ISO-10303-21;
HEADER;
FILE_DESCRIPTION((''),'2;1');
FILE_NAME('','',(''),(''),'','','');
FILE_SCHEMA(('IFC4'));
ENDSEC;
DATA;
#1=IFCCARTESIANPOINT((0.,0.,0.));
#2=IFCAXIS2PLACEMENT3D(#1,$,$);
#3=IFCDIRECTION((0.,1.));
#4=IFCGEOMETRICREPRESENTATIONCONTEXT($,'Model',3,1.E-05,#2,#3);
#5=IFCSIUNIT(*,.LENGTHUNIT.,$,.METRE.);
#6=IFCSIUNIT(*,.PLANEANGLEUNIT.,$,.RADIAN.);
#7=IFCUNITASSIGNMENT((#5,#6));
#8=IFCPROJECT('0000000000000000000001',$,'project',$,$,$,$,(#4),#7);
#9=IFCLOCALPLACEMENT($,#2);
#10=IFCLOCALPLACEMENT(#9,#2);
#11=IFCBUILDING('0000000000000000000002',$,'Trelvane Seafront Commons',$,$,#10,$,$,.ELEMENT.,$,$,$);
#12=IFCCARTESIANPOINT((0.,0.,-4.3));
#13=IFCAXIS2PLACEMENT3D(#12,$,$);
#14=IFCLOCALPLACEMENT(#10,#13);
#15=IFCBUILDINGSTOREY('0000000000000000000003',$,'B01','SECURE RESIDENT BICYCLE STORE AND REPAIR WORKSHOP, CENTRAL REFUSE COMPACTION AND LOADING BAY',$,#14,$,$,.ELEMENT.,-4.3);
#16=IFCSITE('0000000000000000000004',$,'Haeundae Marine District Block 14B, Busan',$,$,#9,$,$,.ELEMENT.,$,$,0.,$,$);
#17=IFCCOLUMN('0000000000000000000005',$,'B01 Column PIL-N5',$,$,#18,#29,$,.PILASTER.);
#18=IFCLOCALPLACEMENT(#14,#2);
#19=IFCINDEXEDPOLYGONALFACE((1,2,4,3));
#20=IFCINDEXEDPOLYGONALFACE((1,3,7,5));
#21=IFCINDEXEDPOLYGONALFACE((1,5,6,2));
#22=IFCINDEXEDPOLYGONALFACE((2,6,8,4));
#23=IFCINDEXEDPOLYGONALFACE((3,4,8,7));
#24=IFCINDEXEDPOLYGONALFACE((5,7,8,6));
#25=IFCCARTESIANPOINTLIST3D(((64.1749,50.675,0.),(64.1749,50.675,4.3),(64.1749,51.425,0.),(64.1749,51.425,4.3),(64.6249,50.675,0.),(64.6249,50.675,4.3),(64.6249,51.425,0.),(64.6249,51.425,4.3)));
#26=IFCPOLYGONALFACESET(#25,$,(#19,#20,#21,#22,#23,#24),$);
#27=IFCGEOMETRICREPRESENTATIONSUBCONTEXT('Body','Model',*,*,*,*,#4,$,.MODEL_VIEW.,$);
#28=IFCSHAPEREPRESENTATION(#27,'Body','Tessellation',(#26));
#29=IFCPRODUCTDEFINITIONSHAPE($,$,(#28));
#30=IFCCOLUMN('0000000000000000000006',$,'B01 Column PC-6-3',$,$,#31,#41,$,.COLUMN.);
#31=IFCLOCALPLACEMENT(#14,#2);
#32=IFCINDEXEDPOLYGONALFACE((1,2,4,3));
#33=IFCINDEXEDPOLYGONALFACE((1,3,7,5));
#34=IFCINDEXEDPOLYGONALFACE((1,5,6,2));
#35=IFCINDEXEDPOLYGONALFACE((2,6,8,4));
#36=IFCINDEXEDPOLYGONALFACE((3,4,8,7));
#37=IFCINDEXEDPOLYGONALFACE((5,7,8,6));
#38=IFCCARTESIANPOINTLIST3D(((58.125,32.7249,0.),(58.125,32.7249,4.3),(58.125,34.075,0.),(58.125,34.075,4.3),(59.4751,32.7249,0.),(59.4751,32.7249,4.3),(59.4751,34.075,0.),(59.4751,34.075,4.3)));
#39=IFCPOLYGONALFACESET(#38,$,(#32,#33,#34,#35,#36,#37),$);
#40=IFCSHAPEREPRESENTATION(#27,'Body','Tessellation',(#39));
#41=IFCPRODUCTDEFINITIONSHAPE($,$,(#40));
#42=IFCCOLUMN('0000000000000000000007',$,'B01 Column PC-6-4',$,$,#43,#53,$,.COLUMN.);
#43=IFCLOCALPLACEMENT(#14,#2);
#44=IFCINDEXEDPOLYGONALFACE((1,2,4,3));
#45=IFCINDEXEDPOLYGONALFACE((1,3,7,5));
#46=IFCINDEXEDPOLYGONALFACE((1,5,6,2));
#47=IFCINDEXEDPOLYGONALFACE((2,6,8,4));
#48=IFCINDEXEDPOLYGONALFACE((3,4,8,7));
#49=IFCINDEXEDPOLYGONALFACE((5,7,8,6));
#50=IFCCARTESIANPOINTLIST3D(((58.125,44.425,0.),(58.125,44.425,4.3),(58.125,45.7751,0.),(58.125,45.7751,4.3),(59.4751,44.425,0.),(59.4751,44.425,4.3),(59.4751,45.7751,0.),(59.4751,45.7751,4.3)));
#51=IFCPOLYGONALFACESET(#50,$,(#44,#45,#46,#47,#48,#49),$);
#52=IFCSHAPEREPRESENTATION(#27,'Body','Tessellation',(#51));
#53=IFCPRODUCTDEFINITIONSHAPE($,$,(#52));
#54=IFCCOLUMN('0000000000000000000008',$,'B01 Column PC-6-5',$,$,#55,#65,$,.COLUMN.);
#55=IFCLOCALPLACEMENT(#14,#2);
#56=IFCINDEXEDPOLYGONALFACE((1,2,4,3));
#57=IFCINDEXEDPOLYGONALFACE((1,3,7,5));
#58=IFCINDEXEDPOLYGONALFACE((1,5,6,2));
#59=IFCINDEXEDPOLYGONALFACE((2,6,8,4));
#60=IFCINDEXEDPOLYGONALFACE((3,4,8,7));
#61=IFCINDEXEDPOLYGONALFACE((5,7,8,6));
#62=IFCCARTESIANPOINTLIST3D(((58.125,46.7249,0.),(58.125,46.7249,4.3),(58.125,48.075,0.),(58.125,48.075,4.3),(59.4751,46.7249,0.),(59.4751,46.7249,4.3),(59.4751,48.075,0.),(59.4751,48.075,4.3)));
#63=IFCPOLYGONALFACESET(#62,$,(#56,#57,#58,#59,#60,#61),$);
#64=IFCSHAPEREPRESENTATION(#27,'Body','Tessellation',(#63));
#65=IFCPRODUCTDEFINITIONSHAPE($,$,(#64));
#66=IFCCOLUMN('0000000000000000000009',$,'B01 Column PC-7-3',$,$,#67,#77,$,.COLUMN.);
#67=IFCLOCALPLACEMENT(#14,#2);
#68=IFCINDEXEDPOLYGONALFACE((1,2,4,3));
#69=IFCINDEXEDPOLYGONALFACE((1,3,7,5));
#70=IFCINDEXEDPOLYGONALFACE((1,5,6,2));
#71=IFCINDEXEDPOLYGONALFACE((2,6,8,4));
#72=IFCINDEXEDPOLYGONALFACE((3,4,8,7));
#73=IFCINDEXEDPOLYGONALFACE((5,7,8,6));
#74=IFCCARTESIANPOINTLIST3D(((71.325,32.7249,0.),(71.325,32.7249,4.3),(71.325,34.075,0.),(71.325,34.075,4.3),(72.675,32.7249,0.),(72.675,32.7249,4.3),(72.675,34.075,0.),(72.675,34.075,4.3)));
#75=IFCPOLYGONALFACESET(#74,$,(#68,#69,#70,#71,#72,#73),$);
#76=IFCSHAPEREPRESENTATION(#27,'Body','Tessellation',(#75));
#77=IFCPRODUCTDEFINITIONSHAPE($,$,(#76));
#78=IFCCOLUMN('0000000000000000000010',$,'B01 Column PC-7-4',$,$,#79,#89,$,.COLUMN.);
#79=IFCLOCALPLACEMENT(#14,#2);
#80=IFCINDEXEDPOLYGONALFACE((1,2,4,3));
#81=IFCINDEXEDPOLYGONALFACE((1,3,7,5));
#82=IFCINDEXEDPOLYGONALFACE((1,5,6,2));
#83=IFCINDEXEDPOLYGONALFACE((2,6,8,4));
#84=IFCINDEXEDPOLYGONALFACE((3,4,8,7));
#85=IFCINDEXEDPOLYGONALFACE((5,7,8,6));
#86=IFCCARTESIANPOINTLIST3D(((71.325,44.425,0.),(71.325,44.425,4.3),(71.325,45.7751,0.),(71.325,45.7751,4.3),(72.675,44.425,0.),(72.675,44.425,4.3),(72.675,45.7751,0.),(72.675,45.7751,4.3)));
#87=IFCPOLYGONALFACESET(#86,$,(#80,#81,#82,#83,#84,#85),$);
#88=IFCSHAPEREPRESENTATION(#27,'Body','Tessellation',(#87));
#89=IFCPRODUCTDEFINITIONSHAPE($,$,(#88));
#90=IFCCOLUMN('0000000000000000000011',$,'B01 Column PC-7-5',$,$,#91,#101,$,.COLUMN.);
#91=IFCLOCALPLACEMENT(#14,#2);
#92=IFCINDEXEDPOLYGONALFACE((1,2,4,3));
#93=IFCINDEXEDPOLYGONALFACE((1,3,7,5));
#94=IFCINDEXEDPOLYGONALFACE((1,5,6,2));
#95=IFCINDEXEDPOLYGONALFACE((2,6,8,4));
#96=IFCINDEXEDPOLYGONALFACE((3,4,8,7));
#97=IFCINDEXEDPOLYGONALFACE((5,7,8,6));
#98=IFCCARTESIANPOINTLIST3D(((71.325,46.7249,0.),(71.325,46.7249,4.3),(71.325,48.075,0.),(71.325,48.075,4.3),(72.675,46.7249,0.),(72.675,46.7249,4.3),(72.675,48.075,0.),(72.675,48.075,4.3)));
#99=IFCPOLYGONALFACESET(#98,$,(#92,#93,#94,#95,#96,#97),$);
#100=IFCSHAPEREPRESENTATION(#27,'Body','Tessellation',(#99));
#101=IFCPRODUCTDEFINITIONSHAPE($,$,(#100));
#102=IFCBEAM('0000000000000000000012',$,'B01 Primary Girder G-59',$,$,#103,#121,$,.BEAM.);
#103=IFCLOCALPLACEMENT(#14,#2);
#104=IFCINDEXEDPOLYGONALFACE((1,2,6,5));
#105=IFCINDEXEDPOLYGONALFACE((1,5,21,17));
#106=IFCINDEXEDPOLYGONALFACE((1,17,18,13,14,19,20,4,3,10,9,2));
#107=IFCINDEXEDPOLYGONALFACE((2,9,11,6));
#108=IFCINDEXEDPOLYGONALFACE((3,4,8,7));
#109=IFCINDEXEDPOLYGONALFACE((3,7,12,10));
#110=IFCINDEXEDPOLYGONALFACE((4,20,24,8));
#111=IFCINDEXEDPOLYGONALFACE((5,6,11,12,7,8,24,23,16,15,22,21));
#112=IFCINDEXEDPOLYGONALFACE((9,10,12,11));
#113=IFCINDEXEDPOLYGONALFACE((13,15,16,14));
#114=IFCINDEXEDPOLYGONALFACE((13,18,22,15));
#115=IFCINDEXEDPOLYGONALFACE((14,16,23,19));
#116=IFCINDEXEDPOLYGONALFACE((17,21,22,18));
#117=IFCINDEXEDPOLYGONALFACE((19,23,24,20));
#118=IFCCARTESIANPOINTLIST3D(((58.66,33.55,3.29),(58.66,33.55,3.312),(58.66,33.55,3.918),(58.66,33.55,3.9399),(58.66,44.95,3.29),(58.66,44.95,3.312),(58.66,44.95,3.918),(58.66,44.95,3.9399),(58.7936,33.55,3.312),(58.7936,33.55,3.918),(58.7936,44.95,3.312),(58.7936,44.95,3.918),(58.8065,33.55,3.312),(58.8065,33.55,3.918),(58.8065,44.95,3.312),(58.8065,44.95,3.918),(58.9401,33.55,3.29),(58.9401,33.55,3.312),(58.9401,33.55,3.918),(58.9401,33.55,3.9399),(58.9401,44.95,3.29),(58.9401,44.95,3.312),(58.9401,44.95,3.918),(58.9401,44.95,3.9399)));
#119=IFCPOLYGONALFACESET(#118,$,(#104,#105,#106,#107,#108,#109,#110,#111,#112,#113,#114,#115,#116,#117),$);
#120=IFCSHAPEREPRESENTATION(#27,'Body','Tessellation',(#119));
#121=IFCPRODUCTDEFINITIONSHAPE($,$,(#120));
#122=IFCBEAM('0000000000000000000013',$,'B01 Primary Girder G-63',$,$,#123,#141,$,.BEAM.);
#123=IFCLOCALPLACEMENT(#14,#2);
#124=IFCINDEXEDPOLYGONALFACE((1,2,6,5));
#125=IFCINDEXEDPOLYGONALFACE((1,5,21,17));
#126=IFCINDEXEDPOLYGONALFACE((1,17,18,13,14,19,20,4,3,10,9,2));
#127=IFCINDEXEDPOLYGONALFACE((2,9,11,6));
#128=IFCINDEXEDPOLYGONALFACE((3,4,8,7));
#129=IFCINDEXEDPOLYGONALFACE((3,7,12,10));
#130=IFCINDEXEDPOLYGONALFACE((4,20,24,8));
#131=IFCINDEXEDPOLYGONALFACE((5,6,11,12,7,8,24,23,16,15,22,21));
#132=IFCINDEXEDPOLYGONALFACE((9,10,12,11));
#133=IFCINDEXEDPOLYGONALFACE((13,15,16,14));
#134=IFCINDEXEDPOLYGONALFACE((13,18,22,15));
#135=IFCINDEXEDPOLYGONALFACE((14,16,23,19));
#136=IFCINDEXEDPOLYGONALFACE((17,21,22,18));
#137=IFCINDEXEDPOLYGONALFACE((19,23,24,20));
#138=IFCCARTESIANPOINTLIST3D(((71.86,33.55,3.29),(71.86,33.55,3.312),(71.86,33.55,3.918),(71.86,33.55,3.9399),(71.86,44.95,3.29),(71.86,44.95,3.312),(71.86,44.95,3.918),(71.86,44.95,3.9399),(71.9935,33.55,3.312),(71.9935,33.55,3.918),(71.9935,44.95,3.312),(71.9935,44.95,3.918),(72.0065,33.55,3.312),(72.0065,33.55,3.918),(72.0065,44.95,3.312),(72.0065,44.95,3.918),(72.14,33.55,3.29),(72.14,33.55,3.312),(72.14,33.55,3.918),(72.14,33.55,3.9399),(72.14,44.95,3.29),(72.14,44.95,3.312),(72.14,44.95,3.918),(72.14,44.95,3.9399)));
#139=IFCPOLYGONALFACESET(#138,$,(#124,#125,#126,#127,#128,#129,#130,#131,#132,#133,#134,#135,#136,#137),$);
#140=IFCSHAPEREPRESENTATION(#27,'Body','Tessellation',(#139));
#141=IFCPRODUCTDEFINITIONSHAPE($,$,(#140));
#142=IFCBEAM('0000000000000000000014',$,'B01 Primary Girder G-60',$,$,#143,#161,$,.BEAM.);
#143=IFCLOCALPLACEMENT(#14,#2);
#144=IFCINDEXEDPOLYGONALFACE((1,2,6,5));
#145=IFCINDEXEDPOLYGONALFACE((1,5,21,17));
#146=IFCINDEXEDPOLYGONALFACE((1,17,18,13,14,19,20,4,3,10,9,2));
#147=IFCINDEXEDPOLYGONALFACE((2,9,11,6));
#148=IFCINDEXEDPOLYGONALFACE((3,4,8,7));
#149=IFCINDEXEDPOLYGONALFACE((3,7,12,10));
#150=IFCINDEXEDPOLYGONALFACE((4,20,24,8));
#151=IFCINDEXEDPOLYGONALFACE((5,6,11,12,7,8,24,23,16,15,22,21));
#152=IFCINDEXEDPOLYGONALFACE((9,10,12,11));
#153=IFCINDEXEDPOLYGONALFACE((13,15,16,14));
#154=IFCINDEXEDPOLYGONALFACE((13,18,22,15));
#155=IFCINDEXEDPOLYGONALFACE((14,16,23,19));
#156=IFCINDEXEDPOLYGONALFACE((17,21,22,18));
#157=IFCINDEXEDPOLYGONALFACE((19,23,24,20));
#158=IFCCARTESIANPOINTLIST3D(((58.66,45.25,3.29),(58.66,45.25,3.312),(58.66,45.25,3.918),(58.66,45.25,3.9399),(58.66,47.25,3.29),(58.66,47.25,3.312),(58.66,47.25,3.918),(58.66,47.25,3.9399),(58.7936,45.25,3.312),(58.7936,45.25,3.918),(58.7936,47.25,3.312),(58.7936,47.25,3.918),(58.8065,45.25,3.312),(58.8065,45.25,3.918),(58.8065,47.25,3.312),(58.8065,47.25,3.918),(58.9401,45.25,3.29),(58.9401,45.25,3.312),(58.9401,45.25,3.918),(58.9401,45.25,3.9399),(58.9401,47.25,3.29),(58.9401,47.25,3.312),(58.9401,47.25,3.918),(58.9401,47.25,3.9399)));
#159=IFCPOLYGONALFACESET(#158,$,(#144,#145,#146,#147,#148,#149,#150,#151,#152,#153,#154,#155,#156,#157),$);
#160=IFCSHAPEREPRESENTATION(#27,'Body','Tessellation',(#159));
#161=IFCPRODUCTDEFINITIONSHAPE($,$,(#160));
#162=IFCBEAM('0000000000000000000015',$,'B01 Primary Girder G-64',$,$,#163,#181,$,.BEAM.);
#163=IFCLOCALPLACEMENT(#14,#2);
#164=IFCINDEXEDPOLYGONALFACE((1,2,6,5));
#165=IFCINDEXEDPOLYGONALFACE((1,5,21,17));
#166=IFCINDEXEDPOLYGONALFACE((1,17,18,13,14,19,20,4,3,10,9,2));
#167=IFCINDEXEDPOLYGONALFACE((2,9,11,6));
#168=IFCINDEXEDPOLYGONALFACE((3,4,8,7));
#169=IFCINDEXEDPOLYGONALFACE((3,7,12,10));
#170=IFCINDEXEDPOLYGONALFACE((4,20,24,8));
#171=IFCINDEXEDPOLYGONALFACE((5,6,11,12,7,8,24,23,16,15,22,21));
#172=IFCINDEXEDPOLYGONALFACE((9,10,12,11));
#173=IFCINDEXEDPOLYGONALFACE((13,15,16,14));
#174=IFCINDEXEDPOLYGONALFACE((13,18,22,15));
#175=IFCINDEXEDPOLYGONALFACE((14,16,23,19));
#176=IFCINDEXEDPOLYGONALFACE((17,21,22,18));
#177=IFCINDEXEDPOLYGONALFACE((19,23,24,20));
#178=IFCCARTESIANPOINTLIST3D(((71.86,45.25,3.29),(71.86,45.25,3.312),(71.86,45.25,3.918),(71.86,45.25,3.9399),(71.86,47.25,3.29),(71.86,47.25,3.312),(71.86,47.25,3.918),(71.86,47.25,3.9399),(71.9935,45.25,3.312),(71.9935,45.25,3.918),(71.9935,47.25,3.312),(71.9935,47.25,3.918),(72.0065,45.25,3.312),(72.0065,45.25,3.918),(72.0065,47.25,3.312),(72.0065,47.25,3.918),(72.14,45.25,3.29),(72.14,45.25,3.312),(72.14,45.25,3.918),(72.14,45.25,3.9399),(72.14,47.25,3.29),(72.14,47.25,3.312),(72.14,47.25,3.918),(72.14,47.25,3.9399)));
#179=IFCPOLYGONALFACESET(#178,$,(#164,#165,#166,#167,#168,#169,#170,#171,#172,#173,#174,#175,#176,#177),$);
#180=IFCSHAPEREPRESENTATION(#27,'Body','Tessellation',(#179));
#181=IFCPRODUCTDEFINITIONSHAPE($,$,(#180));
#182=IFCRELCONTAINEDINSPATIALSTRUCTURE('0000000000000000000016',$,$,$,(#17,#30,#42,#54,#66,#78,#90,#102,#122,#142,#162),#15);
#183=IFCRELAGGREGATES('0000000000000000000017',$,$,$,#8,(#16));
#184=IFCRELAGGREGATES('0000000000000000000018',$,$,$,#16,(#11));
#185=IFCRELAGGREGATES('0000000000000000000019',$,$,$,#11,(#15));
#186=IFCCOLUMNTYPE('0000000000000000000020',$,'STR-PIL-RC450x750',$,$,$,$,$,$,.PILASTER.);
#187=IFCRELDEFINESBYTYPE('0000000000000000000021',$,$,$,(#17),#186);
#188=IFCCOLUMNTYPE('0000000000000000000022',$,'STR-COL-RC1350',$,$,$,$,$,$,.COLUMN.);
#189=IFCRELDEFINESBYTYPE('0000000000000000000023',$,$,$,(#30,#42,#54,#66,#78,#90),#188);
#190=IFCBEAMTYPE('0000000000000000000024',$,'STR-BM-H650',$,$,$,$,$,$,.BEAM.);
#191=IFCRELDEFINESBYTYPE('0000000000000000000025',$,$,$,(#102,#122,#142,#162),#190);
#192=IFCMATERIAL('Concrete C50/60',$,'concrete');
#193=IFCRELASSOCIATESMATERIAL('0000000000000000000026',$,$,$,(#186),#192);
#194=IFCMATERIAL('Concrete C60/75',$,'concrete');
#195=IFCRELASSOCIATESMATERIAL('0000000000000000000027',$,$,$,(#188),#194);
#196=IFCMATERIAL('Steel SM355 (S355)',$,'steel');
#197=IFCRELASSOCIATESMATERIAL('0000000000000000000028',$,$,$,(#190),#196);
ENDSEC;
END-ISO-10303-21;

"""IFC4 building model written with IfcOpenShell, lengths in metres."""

from ifc_helpers import new_model, si_unit, direction, frame, origin, origin_2d, place, context, subcontext, project, spatial, rectangle, i_section, extrude, source, transform, mapped, material, material_profile, profile_set, type_object, element, save


model = new_model("IFC4")

# Units and contexts
model_context = context("Model", 3, precision=1e-05, world=origin(), true_north=direction((0.0, 1.0)))
body_context = subcontext(model_context, "Body", "Model", "MODEL_VIEW")
ifc_project = project(units=[si_unit("LENGTHUNIT", "METRE"), si_unit("PLANEANGLEUNIT", "RADIAN")], contexts=[model_context])

# Site, building, storey
site_placement = place(None, origin())
site = spatial("IfcSite", under=ifc_project, at=site_placement, Name="Haeundae Marine District Block 14B, Busan", CompositionType="ELEMENT", RefElevation=0.0)
building_placement = place(site_placement, origin())
building = spatial("IfcBuilding", under=site, at=building_placement, Name="Trelvane Seafront Commons", CompositionType="ELEMENT")
storey_placement = place(building_placement, frame((0.0, 0.0, -4.3)))
storey = spatial("IfcBuildingStorey", under=building, at=storey_placement, Name="B01", Description="SECURE RESIDENT BICYCLE STORE AND REPAIR WORKSHOP, CENTRAL REFUSE COMPACTION AND LOADING BAY", CompositionType="ELEMENT", Elevation=-4.3)

# Columns
ifc_material_1 = material(Name="Concrete C50/60", Category="concrete")
ifc_material_profile_1 = material_profile(ifc_material_1, rectangle(XDim=0.45, YDim=0.75, at=origin_2d()), Name="RC-450x750")
ifc_profile_set_1 = profile_set([ifc_material_profile_1], Name="Concrete C50/60")
column_type_1 = type_object("IfcColumnType", Name="STR-PIL-RC450x750", PredefinedType="PILASTER", material=ifc_profile_set_1)
shared_shape_1 = source(origin(), body_context, "Body", "SweptSolid", [
    extrude(rectangle(XDim=0.45, YDim=0.75, at=origin_2d()), origin(), (0.0, 0.0, 1.0), 4.3),
])
column_placement = place(storey_placement, frame((64.3999, 51.05, 0.0), z_axis=(0.0, 0.0, 1.0), x_axis=(1.0, 0.0, 0.0)))
element("IfcColumn", 1, at=column_placement, inside=storey, type_object=column_type_1, Name="B01 Column PIL-N5", PredefinedType="PILASTER", context=body_context, shape_type="MappedRepresentation", body=[
    mapped(shared_shape_1, transform((0.0, 0.0, 0.0), x_axis=(1.0, 0.0, 0.0), y_axis=(0.0, 1.0, 0.0), z_axis=(0.0, 0.0, 1.0), scale=1.0)),
])
ifc_material_2 = material(Name="Concrete C60/75", Category="concrete")
ifc_material_profile_2 = material_profile(ifc_material_2, rectangle(XDim=1.3501, YDim=1.3501, at=origin_2d()), Name="RC-1350x1350")
ifc_profile_set_2 = profile_set([ifc_material_profile_2], Name="Concrete C60/75")
column_type_2 = type_object("IfcColumnType", Name="STR-COL-RC1350", PredefinedType="COLUMN", material=ifc_profile_set_2)
shared_shape_2 = source(origin(), body_context, "Body", "SweptSolid", [
    extrude(rectangle(XDim=1.3501, YDim=1.3501, at=origin_2d()), origin(), (0.0, 0.0, 1.0), 4.3),
])
for number, where, z_axis, x_axis, name in (
    (2, (58.8, 33.3999, 0.0), (0.0, 0.0, 1.0), (1.0, 0.0, 0.0), "B01 Column PC-6-3"),
    (3, (58.8, 45.1001, 0.0), (0.0, 0.0, 1.0), (1.0, 0.0, 0.0), "B01 Column PC-6-4"),
    (4, (58.8, 47.3999, 0.0), (0.0, 0.0, 1.0), (1.0, 0.0, 0.0), "B01 Column PC-6-5"),
    (5, (72.0, 33.3999, 0.0), (0.0, 0.0, 1.0), (1.0, 0.0, 0.0), "B01 Column PC-7-3"),
    (6, (72.0, 45.1001, 0.0), (0.0, 0.0, 1.0), (1.0, 0.0, 0.0), "B01 Column PC-7-4"),
    (7, (72.0, 47.3999, 0.0), (0.0, 0.0, 1.0), (1.0, 0.0, 0.0), "B01 Column PC-7-5"),
):
    element("IfcColumn", number, at=place(storey_placement, frame(where, z_axis=z_axis, x_axis=x_axis)), inside=storey, type_object=column_type_2, Name=name, PredefinedType="COLUMN", context=body_context, shape_type="MappedRepresentation", body=[
        mapped(shared_shape_2, transform((0.0, 0.0, 0.0), x_axis=(1.0, 0.0, 0.0), y_axis=(0.0, 1.0, 0.0), z_axis=(0.0, 0.0, 1.0), scale=1.0)),
    ])

# Beams
ifc_material_3 = material(Name="Steel SM355 (S355)", Category="steel")
ifc_material_profile_3 = material_profile(ifc_material_3, i_section(OverallWidth=0.28, OverallDepth=0.6499, WebThickness=0.0129, FlangeThickness=0.022, at=origin_2d()), Name="H-650x280x13x22")
ifc_profile_set_3 = profile_set([ifc_material_profile_3], Name="Steel SM355 (S355)")
beam_type_1 = type_object("IfcBeamType", Name="STR-BM-H650", PredefinedType="BEAM", material=ifc_profile_set_3)
shared_shape_3 = source(origin(), body_context, "Body", "SweptSolid", [
    extrude(i_section(OverallWidth=0.28, OverallDepth=0.6499, WebThickness=0.0129, FlangeThickness=0.022, at=origin_2d()), origin(), (0.0, 0.0, 1.0), 11.3999),
])
for number, where, z_axis, x_axis, name in (
    (8, (58.8, 33.55, 3.615), (0.0, 1.0, 0.0), (-1.0, 0.0, 0.0), "B01 Primary Girder G-59"),
    (9, (72.0, 33.55, 3.615), (0.0, 1.0, 0.0), (-1.0, 0.0, 0.0), "B01 Primary Girder G-63"),
):
    element("IfcBeam", number, at=place(storey_placement, frame(where, z_axis=z_axis, x_axis=x_axis)), inside=storey, type_object=beam_type_1, Name=name, PredefinedType="BEAM", context=body_context, shape_type="MappedRepresentation", body=[
        mapped(shared_shape_3, transform((0.0, 0.0, 0.0), x_axis=(1.0, 0.0, 0.0), y_axis=(0.0, 1.0, 0.0), z_axis=(0.0, 0.0, 1.0), scale=1.0)),
    ])
shared_shape_4 = source(origin(), body_context, "Body", "SweptSolid", [
    extrude(i_section(OverallWidth=0.28, OverallDepth=0.6499, WebThickness=0.0129, FlangeThickness=0.022, at=origin_2d()), origin(), (0.0, 0.0, 1.0), 2.0),
])
for number, where, z_axis, x_axis, name in (
    (10, (58.8, 45.25, 3.615), (0.0, 1.0, 0.0), (-1.0, 0.0, 0.0), "B01 Primary Girder G-60"),
    (11, (72.0, 45.25, 3.615), (0.0, 1.0, 0.0), (-1.0, 0.0, 0.0), "B01 Primary Girder G-64"),
):
    element("IfcBeam", number, at=place(storey_placement, frame(where, z_axis=z_axis, x_axis=x_axis)), inside=storey, type_object=beam_type_1, Name=name, PredefinedType="BEAM", context=body_context, shape_type="MappedRepresentation", body=[
        mapped(shared_shape_4, transform((0.0, 0.0, 0.0), x_axis=(1.0, 0.0, 0.0), y_axis=(0.0, 1.0, 0.0), z_axis=(0.0, 0.0, 1.0), scale=1.0)),
    ])

save(model, "model.ifc")
